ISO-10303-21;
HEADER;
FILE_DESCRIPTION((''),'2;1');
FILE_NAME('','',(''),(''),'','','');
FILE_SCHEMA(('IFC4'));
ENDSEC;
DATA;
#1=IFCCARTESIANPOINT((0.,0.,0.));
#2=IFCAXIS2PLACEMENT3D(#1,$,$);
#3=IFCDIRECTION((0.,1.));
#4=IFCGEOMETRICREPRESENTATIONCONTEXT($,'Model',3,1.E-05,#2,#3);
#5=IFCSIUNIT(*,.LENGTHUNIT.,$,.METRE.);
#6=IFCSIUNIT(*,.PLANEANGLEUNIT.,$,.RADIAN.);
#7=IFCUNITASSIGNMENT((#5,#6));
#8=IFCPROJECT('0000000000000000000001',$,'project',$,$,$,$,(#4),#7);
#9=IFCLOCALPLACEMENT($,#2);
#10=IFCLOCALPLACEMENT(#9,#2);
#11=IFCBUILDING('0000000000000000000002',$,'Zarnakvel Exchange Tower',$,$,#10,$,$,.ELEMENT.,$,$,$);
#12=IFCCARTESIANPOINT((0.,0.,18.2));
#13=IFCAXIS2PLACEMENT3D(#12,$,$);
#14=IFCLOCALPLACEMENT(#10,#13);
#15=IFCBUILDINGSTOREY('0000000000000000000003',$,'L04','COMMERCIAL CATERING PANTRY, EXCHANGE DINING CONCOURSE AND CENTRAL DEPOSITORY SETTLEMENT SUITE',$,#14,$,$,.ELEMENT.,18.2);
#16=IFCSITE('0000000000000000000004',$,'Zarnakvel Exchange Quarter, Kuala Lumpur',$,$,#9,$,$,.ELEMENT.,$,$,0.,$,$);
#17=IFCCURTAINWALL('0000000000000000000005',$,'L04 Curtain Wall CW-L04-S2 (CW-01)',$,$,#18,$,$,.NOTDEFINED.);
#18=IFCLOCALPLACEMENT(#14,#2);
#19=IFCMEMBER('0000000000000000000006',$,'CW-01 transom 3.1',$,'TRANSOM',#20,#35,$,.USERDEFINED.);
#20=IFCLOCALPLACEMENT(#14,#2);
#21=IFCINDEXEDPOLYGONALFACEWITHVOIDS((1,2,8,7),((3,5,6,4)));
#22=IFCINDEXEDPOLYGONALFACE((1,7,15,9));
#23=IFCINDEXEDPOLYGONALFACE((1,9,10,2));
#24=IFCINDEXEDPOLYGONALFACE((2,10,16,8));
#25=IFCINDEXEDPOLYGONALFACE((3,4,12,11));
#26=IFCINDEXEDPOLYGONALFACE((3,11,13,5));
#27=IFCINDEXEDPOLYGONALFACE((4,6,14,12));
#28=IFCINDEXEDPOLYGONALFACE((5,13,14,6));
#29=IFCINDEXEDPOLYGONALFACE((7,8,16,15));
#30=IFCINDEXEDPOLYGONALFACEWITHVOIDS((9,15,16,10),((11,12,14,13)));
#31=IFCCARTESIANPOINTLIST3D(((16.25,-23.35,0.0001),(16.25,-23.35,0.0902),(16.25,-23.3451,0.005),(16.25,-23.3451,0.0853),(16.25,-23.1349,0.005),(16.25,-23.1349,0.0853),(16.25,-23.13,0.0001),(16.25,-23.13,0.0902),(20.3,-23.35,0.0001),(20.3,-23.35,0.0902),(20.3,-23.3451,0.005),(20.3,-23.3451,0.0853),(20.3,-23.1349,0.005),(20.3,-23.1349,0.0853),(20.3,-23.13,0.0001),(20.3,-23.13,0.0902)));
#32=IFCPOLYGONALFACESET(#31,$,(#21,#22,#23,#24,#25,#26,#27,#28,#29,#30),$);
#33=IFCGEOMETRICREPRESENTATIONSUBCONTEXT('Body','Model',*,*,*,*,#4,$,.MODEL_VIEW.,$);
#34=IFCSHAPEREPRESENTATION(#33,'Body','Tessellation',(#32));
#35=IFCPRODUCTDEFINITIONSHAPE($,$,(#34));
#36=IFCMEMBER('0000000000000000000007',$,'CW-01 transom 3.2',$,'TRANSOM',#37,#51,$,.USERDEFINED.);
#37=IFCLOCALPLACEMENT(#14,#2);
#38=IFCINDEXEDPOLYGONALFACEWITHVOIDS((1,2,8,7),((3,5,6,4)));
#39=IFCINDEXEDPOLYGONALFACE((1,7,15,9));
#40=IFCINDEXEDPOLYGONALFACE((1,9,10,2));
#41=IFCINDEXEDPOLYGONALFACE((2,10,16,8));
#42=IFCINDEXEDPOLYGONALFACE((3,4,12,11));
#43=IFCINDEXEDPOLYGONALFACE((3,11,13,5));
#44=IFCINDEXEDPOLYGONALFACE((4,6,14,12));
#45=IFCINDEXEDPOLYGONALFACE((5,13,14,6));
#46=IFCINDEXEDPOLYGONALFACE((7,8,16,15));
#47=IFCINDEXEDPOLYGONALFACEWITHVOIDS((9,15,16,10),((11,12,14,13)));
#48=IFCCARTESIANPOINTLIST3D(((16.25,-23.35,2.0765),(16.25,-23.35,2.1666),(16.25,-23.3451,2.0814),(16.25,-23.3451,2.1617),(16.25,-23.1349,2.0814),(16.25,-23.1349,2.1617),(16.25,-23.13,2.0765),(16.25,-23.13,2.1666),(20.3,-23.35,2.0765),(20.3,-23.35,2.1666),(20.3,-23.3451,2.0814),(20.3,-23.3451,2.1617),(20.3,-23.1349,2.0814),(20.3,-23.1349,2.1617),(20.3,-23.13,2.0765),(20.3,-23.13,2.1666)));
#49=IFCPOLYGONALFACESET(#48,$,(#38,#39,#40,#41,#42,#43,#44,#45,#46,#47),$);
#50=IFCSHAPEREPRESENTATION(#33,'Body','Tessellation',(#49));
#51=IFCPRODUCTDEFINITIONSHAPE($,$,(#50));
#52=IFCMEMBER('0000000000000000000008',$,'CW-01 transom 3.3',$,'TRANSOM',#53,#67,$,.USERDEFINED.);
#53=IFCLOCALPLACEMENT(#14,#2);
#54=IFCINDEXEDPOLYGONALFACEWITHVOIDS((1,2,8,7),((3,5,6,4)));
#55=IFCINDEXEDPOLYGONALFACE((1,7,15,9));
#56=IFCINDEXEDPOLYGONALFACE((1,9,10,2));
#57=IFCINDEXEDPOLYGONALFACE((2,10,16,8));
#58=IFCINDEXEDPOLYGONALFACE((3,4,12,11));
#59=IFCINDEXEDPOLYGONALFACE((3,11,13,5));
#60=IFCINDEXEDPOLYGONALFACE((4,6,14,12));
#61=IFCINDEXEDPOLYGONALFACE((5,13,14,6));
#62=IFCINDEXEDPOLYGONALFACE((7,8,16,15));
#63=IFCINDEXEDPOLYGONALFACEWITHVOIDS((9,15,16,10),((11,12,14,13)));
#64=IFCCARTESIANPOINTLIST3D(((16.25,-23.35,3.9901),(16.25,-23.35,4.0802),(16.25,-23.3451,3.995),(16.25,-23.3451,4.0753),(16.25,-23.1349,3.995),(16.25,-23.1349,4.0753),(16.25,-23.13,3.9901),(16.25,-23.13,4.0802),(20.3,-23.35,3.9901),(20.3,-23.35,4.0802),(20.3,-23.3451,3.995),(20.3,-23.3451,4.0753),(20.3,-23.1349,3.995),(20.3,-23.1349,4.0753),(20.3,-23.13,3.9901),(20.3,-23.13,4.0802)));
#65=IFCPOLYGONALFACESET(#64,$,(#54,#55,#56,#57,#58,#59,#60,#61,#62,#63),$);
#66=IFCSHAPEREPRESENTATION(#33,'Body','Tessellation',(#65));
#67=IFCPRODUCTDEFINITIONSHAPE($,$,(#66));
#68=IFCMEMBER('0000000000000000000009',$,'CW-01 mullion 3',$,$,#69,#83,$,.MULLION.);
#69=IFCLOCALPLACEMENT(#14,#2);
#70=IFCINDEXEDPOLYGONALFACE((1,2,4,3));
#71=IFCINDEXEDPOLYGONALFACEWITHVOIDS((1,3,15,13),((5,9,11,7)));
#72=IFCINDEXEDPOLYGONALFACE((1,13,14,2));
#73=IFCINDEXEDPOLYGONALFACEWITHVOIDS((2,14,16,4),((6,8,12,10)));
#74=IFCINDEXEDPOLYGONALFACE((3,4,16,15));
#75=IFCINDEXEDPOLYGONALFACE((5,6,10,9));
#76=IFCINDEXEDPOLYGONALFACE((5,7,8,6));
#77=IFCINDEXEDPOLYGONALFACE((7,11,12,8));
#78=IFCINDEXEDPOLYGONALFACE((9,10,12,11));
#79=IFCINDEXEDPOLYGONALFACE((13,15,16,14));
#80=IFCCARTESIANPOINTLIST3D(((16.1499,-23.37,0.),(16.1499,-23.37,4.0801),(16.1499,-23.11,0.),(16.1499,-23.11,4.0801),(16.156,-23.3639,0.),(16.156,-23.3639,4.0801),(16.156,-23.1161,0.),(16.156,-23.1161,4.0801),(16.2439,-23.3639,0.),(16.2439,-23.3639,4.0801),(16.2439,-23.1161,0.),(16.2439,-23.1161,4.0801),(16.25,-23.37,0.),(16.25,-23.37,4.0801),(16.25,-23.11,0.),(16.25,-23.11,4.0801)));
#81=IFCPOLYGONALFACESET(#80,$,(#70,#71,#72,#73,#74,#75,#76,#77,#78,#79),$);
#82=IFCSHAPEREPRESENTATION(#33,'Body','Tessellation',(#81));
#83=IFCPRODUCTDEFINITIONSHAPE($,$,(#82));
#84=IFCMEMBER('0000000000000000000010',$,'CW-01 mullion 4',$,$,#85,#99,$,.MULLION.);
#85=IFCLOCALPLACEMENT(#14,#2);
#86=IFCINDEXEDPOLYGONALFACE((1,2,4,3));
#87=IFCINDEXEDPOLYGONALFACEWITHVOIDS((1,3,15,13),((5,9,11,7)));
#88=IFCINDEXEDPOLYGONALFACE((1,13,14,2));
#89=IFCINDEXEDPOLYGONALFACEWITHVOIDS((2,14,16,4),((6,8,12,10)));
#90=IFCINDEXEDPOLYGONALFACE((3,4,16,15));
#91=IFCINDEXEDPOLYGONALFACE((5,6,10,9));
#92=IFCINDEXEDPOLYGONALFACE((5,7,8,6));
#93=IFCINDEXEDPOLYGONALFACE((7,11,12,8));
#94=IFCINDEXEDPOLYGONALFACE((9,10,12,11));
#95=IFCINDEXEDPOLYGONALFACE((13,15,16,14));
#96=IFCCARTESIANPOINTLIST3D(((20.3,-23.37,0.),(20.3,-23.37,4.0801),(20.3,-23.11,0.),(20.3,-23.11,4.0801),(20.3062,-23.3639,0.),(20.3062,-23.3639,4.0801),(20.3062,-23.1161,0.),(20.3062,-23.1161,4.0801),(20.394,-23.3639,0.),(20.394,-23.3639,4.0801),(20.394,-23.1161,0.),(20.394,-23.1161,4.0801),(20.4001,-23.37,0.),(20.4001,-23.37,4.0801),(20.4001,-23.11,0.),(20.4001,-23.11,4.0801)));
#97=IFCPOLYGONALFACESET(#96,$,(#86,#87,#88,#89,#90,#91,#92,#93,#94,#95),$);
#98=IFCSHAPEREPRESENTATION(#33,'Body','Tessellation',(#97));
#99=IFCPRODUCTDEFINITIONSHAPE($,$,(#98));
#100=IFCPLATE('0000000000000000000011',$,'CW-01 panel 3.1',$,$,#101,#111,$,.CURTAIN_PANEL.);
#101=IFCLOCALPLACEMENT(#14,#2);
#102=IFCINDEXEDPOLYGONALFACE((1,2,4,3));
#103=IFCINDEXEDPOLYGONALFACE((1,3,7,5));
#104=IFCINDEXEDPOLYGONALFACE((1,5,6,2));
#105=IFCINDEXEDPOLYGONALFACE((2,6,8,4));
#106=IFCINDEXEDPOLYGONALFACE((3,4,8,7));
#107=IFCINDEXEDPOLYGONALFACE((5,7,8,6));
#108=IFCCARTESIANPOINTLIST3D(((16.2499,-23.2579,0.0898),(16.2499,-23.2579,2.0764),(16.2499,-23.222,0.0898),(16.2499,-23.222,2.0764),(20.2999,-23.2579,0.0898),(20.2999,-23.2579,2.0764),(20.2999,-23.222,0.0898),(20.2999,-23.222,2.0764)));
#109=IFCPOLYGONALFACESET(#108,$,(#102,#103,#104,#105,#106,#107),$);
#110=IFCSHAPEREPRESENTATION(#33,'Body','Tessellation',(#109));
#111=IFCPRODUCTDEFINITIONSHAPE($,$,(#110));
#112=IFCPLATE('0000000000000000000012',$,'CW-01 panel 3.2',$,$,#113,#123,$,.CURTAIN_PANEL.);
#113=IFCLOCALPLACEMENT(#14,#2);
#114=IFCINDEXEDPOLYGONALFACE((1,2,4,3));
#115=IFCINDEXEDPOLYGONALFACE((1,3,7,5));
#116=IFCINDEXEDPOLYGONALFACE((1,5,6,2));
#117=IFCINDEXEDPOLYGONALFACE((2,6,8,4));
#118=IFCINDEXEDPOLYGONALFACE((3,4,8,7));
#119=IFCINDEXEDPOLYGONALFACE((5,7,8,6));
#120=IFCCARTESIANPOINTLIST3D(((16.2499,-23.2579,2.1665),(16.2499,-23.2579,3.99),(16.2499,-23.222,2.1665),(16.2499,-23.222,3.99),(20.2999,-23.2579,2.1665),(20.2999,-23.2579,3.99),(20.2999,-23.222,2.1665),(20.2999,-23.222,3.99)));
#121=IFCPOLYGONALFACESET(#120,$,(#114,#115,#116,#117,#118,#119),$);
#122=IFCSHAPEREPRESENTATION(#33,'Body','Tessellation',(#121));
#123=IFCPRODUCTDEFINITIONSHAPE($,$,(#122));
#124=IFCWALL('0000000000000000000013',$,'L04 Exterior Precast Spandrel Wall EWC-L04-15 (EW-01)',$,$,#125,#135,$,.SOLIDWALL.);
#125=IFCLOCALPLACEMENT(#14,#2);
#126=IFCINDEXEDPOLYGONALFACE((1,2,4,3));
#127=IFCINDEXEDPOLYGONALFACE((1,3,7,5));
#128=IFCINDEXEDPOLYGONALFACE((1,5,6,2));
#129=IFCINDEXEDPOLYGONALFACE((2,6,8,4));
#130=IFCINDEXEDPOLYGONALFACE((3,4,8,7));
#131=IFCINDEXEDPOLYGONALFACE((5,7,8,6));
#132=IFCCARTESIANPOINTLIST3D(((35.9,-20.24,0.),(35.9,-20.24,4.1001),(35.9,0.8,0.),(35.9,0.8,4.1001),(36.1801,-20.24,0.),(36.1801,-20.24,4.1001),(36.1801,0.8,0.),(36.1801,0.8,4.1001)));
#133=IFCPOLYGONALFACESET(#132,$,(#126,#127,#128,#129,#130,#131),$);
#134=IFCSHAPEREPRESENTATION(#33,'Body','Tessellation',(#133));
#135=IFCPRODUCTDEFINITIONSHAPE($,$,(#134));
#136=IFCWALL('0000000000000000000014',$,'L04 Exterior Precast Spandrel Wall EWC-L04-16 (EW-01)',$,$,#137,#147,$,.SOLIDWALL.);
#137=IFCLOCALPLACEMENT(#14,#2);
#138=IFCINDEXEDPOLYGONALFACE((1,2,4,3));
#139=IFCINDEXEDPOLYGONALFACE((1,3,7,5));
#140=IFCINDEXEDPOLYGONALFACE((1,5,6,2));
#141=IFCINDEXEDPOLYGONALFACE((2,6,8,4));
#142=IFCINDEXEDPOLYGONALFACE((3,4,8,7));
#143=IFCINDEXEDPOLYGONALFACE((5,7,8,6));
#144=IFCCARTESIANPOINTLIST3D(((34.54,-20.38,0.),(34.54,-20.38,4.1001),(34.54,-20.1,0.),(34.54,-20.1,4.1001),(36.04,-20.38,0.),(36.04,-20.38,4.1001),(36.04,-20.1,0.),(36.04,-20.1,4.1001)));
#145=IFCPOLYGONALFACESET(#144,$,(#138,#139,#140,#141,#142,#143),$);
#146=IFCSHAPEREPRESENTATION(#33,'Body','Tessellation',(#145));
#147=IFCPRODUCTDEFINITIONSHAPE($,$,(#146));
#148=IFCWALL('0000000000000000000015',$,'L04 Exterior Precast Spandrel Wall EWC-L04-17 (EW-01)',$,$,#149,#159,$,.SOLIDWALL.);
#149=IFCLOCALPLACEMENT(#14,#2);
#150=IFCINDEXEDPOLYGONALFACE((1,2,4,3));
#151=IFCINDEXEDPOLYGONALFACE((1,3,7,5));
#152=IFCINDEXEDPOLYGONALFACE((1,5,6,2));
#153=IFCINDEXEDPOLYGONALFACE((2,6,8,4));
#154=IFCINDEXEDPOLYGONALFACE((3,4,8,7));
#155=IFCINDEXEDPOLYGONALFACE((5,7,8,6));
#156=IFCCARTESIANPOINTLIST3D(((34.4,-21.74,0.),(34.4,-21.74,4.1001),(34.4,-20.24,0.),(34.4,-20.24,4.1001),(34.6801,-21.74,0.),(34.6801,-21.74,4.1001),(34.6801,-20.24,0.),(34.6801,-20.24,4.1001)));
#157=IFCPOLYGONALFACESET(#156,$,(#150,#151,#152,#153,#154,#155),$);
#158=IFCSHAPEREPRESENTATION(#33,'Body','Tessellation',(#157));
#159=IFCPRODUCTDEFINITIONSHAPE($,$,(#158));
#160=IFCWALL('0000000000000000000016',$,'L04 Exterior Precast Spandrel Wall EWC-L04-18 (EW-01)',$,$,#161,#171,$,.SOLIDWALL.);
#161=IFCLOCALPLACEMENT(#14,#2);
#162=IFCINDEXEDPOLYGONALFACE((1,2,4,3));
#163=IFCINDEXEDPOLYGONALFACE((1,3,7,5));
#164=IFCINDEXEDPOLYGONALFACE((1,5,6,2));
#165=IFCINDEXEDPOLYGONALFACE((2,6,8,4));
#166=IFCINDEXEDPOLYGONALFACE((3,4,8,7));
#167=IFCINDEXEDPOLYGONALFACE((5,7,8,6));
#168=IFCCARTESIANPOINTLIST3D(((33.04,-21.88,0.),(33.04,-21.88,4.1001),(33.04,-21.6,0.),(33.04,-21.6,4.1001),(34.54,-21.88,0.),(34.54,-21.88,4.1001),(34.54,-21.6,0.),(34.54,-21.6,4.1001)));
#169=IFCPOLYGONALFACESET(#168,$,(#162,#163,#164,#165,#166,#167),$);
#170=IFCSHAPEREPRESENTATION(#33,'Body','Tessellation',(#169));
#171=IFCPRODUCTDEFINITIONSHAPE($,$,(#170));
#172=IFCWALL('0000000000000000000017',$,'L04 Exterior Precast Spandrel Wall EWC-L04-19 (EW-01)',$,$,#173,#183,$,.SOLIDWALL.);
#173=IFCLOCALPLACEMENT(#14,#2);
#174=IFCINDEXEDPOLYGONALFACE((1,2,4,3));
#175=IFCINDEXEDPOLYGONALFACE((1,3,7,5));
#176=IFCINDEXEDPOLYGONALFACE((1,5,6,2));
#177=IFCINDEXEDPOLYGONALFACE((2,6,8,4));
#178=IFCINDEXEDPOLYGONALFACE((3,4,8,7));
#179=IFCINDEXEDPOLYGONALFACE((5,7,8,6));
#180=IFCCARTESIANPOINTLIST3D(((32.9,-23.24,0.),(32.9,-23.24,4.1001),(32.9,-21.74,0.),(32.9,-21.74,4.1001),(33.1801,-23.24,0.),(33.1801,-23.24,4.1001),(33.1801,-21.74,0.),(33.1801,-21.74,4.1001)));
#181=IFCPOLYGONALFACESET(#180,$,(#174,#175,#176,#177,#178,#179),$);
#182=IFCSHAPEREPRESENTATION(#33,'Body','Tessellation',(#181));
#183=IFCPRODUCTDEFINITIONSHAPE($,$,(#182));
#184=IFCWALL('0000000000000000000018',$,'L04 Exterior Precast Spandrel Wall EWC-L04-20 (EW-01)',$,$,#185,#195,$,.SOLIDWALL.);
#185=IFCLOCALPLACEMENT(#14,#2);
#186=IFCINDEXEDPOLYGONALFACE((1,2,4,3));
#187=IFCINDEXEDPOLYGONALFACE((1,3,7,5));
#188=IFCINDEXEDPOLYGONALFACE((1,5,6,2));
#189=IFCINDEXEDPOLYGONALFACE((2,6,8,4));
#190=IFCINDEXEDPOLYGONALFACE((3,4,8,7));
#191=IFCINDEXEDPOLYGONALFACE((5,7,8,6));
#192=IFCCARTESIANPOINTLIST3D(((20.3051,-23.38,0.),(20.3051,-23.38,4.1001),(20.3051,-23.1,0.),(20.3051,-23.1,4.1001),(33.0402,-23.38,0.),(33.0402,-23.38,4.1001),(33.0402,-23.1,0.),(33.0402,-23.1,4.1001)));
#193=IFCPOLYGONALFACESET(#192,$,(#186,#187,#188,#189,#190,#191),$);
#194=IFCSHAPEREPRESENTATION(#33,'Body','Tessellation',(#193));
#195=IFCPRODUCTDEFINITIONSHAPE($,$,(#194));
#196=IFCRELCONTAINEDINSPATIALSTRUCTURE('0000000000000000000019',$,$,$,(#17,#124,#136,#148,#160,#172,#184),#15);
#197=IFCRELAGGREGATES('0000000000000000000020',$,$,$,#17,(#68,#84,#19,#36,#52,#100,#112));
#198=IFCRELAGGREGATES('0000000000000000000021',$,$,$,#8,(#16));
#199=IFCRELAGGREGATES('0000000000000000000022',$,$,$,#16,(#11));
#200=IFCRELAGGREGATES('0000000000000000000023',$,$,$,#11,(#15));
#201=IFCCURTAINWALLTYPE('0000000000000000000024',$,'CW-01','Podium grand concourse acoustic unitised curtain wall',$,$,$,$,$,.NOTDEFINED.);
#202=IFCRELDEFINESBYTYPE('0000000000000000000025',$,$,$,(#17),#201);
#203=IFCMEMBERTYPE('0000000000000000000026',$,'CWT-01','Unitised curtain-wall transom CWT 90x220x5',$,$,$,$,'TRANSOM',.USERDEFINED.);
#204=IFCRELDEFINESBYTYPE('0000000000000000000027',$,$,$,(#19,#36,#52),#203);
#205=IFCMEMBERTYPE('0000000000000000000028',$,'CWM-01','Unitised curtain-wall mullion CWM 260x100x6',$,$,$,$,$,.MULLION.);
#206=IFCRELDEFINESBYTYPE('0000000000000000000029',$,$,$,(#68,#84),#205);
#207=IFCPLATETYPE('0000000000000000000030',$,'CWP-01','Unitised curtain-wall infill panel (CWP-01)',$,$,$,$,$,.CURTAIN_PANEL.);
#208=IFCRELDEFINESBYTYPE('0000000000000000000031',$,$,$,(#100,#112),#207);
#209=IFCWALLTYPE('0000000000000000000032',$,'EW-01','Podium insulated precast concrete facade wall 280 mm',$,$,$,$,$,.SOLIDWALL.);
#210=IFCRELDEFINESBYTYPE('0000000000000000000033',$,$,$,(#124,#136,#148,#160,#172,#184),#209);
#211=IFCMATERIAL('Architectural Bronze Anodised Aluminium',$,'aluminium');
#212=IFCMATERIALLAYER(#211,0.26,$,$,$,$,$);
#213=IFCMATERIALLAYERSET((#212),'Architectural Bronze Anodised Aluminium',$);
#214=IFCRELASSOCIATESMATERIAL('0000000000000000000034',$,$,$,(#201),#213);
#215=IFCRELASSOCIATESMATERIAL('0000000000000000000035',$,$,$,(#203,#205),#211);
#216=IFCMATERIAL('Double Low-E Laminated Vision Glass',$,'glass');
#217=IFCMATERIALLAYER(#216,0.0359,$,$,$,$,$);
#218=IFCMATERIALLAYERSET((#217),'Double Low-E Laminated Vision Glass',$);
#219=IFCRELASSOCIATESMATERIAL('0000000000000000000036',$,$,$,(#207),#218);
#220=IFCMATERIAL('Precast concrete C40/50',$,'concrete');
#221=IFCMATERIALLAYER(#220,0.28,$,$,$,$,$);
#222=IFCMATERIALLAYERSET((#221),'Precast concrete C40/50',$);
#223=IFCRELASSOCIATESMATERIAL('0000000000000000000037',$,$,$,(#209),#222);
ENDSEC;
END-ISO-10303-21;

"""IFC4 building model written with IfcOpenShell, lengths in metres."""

from ifc_helpers import new_model, si_unit, direction, frame, frame_2d, origin, origin_2d, place, context, subcontext, project, spatial, rectangle, hollow_rectangle, extrude, source, transform, mapped, material, layer, layer_set, material_profile, profile_set, type_object, element, aggregate, save


model = new_model("IFC4")

# Units and contexts
model_context = context("Model", 3, precision=1e-05, world=origin(), true_north=direction((0.0, 1.0)))
body_context = subcontext(model_context, "Body", "Model", "MODEL_VIEW")
ifc_project = project(units=[si_unit("LENGTHUNIT", "METRE"), si_unit("PLANEANGLEUNIT", "RADIAN")], contexts=[model_context])

# Site, building, storey
site_placement = place(None, origin())
site = spatial("IfcSite", under=ifc_project, at=site_placement, Name="Zarnakvel Exchange Quarter, Kuala Lumpur", CompositionType="ELEMENT", RefElevation=0.0)
building_placement = place(site_placement, origin())
building = spatial("IfcBuilding", under=site, at=building_placement, Name="Zarnakvel Exchange Tower", CompositionType="ELEMENT")
storey_placement = place(building_placement, frame((0.0, 0.0, 18.2)))
storey = spatial("IfcBuildingStorey", under=building, at=storey_placement, Name="L04", Description="COMMERCIAL CATERING PANTRY, EXCHANGE DINING CONCOURSE AND CENTRAL DEPOSITORY SETTLEMENT SUITE", CompositionType="ELEMENT", Elevation=18.2)

# Curtain wall, members, plates
ifc_material_1 = material(Name="Architectural Bronze Anodised Aluminium", Category="aluminium")
ifc_layer_1 = layer(ifc_material_1, 0.26)
ifc_layer_set_1 = layer_set([ifc_layer_1], Name="Architectural Bronze Anodised Aluminium")
curtain_wall_type = type_object("IfcCurtainWallType", Name="CW-01", Description="Podium grand concourse acoustic unitised curtain wall", PredefinedType="NOTDEFINED", material=ifc_layer_set_1)
curtain_wall_placement = place(storey_placement, origin())
curtain_wall = element("IfcCurtainWall", 1, at=curtain_wall_placement, inside=storey, type_object=curtain_wall_type, Name="L04 Curtain Wall CW-L04-S2 (CW-01)", PredefinedType="NOTDEFINED")
ifc_material_profile_1 = material_profile(ifc_material_1, hollow_rectangle(XDim=0.22, YDim=0.0901, WallThickness=0.0049, at=origin_2d()))
ifc_profile_set_1 = profile_set([ifc_material_profile_1], Name="Architectural Bronze Anodised Aluminium")
member_type_1 = type_object("IfcMemberType", Name="CWT-01", Description="Unitised curtain-wall transom CWT 90x220x5", ElementType="TRANSOM", PredefinedType="USERDEFINED", material=ifc_profile_set_1)
shared_shape_1 = source(origin(), body_context, "Body", "SweptSolid", [
    extrude(hollow_rectangle(XDim=0.22, YDim=0.0901, WallThickness=0.0049, at=origin_2d()), origin(), (0.0, 0.0, 1.0), 4.05),
])
member_1_placement = place(storey_placement, frame((16.25, -23.24, 0.0452), z_axis=(1.0, 0.0, 0.0), x_axis=(0.0, 1.0, 0.0)))
member_1 = element("IfcMember", 2, at=member_1_placement, type_object=member_type_1, Name="CW-01 transom 3.1", ObjectType="TRANSOM", PredefinedType="USERDEFINED", context=body_context, shape_type="MappedRepresentation", body=[
    mapped(shared_shape_1, transform((0.0, 0.0, 0.0), x_axis=(1.0, 0.0, 0.0), y_axis=(0.0, 1.0, 0.0), z_axis=(0.0, 0.0, 1.0), scale=1.0)),
])
member_2_placement = place(storey_placement, frame((16.25, -23.24, 2.1216), z_axis=(1.0, 0.0, 0.0), x_axis=(0.0, 1.0, 0.0)))
member_2 = element("IfcMember", 3, at=member_2_placement, type_object=member_type_1, Name="CW-01 transom 3.2", ObjectType="TRANSOM", PredefinedType="USERDEFINED", context=body_context, shape_type="MappedRepresentation", body=[
    mapped(shared_shape_1, transform((0.0, 0.0, 0.0), x_axis=(1.0, 0.0, 0.0), y_axis=(0.0, 1.0, 0.0), z_axis=(0.0, 0.0, 1.0), scale=1.0)),
])
member_3_placement = place(storey_placement, frame((16.25, -23.24, 4.0352), z_axis=(1.0, 0.0, 0.0), x_axis=(0.0, 1.0, 0.0)))
member_3 = element("IfcMember", 4, at=member_3_placement, type_object=member_type_1, Name="CW-01 transom 3.3", ObjectType="TRANSOM", PredefinedType="USERDEFINED", context=body_context, shape_type="MappedRepresentation", body=[
    mapped(shared_shape_1, transform((0.0, 0.0, 0.0), x_axis=(1.0, 0.0, 0.0), y_axis=(0.0, 1.0, 0.0), z_axis=(0.0, 0.0, 1.0), scale=1.0)),
])
ifc_material_profile_2 = material_profile(ifc_material_1, hollow_rectangle(XDim=0.26, YDim=0.1001, WallThickness=0.0061, at=origin_2d()))
ifc_profile_set_2 = profile_set([ifc_material_profile_2], Name="Architectural Bronze Anodised Aluminium")
member_type_2 = type_object("IfcMemberType", Name="CWM-01", Description="Unitised curtain-wall mullion CWM 260x100x6", PredefinedType="MULLION", material=ifc_profile_set_2)
shared_shape_2 = source(origin(), body_context, "Body", "SweptSolid", [
    extrude(hollow_rectangle(XDim=0.26, YDim=0.1001, WallThickness=0.0061, at=origin_2d()), origin(), (0.0, 0.0, 1.0), 4.0801),
])
member_4_placement = place(storey_placement, frame((16.2, -23.24, 0.0), z_axis=(0.0, 0.0, 1.0), x_axis=(0.0, 1.0, 0.0)))
member_4 = element("IfcMember", 5, at=member_4_placement, type_object=member_type_2, Name="CW-01 mullion 3", PredefinedType="MULLION", context=body_context, shape_type="MappedRepresentation", body=[
    mapped(shared_shape_2, transform((0.0, 0.0, 0.0), x_axis=(1.0, 0.0, 0.0), y_axis=(0.0, 1.0, 0.0), z_axis=(0.0, 0.0, 1.0), scale=1.0)),
])
member_5_placement = place(storey_placement, frame((20.3501, -23.24, 0.0), z_axis=(0.0, 0.0, 1.0), x_axis=(0.0, 1.0, 0.0)))
member_5 = element("IfcMember", 6, at=member_5_placement, type_object=member_type_2, Name="CW-01 mullion 4", PredefinedType="MULLION", context=body_context, shape_type="MappedRepresentation", body=[
    mapped(shared_shape_2, transform((0.0, 0.0, 0.0), x_axis=(1.0, 0.0, 0.0), y_axis=(0.0, 1.0, 0.0), z_axis=(0.0, 0.0, 1.0), scale=1.0)),
])
ifc_material_2 = material(Name="Double Low-E Laminated Vision Glass", Category="glass")
ifc_layer_2 = layer(ifc_material_2, 0.0359)
ifc_layer_set_2 = layer_set([ifc_layer_2], Name="Double Low-E Laminated Vision Glass")
plate_type = type_object("IfcPlateType", Name="CWP-01", Description="Unitised curtain-wall infill panel (CWP-01)", PredefinedType="CURTAIN_PANEL", material=ifc_layer_set_2)
shared_shape_3 = source(origin(), body_context, "Body", "SweptSolid", [
    extrude(rectangle(XDim=4.05, YDim=0.0359, at=origin_2d()), origin(), (0.0, 0.0, 1.0), 1.9866),
])
plate_1_placement = place(storey_placement, frame((18.2749, -23.24, 0.0898), z_axis=(0.0, 0.0, 1.0), x_axis=(1.0, 0.0, 0.0)))
plate_1 = element("IfcPlate", 7, at=plate_1_placement, type_object=plate_type, Name="CW-01 panel 3.1", PredefinedType="CURTAIN_PANEL", context=body_context, shape_type="MappedRepresentation", body=[
    mapped(shared_shape_3, transform((0.0, 0.0, 0.0), x_axis=(1.0, 0.0, 0.0), y_axis=(0.0, 1.0, 0.0), z_axis=(0.0, 0.0, 1.0), scale=1.0)),
])
shared_shape_4 = source(origin(), body_context, "Body", "SweptSolid", [
    extrude(rectangle(XDim=4.05, YDim=0.0359, at=origin_2d()), origin(), (0.0, 0.0, 1.0), 1.8235),
])
plate_2_placement = place(storey_placement, frame((18.2749, -23.24, 2.1665), z_axis=(0.0, 0.0, 1.0), x_axis=(1.0, 0.0, 0.0)))
plate_2 = element("IfcPlate", 8, at=plate_2_placement, type_object=plate_type, Name="CW-01 panel 3.2", PredefinedType="CURTAIN_PANEL", context=body_context, shape_type="MappedRepresentation", body=[
    mapped(shared_shape_4, transform((0.0, 0.0, 0.0), x_axis=(1.0, 0.0, 0.0), y_axis=(0.0, 1.0, 0.0), z_axis=(0.0, 0.0, 1.0), scale=1.0)),
])
aggregate(curtain_wall, [member_4, member_5, member_1, member_2, member_3, plate_1, plate_2])

# Walls
ifc_material_3 = material(Name="Precast concrete C40/50", Category="concrete")
ifc_layer_3 = layer(ifc_material_3, 0.28)
ifc_layer_set_3 = layer_set([ifc_layer_3], Name="Precast concrete C40/50")
wall_type_1 = type_object("IfcWallType", Name="EW-01", Description="Podium insulated precast concrete facade wall 280 mm", PredefinedType="SOLIDWALL", material=ifc_layer_set_3)
wall_1_placement = place(storey_placement, frame((36.04, -20.24, 0.0), z_axis=(0.0, 0.0, 1.0), x_axis=(0.0, 1.0, 0.0)))
element("IfcWall", 9, at=wall_1_placement, inside=storey, type_object=wall_type_1, Name="L04 Exterior Precast Spandrel Wall EWC-L04-15 (EW-01)", PredefinedType="SOLIDWALL", context=body_context, shape_type="SweptSolid", body=[
    extrude(rectangle(XDim=21.04, YDim=0.28, at=frame_2d((10.52, 0.0))), origin(), (0.0, 0.0, 1.0), 4.1001),
])
for number, where, z_axis, x_axis, name in (
    (10, (34.54, -20.24, 0.0), (0.0, 0.0, 1.0), (1.0, 0.0, 0.0), "L04 Exterior Precast Spandrel Wall EWC-L04-16 (EW-01)"),
    (11, (34.54, -21.74, 0.0), (0.0, 0.0, 1.0), (0.0, 1.0, 0.0), "L04 Exterior Precast Spandrel Wall EWC-L04-17 (EW-01)"),
    (12, (33.04, -21.74, 0.0), (0.0, 0.0, 1.0), (1.0, 0.0, 0.0), "L04 Exterior Precast Spandrel Wall EWC-L04-18 (EW-01)"),
    (13, (33.04, -23.24, 0.0), (0.0, 0.0, 1.0), (0.0, 1.0, 0.0), "L04 Exterior Precast Spandrel Wall EWC-L04-19 (EW-01)"),
):
    element("IfcWall", number, at=place(storey_placement, frame(where, z_axis=z_axis, x_axis=x_axis)), inside=storey, type_object=wall_type_1, Name=name, PredefinedType="SOLIDWALL", context=body_context, shape_type="SweptSolid", body=[
        extrude(rectangle(XDim=1.5, YDim=0.28, at=frame_2d((0.75, 0.0))), origin(), (0.0, 0.0, 1.0), 4.1001),
    ])
wall_2_placement = place(storey_placement, frame((20.3049, -23.24, 0.0), z_axis=(0.0, 0.0, 1.0), x_axis=(1.0, 0.0, 0.0)))
element("IfcWall", 14, at=wall_2_placement, inside=storey, type_object=wall_type_1, Name="L04 Exterior Precast Spandrel Wall EWC-L04-20 (EW-01)", PredefinedType="SOLIDWALL", context=body_context, shape_type="SweptSolid", body=[
    extrude(rectangle(XDim=12.7351, YDim=0.28, at=frame_2d((6.3677, 0.0))), origin(), (0.0, 0.0, 1.0), 4.1001),
])

save(model, "model.ifc")
